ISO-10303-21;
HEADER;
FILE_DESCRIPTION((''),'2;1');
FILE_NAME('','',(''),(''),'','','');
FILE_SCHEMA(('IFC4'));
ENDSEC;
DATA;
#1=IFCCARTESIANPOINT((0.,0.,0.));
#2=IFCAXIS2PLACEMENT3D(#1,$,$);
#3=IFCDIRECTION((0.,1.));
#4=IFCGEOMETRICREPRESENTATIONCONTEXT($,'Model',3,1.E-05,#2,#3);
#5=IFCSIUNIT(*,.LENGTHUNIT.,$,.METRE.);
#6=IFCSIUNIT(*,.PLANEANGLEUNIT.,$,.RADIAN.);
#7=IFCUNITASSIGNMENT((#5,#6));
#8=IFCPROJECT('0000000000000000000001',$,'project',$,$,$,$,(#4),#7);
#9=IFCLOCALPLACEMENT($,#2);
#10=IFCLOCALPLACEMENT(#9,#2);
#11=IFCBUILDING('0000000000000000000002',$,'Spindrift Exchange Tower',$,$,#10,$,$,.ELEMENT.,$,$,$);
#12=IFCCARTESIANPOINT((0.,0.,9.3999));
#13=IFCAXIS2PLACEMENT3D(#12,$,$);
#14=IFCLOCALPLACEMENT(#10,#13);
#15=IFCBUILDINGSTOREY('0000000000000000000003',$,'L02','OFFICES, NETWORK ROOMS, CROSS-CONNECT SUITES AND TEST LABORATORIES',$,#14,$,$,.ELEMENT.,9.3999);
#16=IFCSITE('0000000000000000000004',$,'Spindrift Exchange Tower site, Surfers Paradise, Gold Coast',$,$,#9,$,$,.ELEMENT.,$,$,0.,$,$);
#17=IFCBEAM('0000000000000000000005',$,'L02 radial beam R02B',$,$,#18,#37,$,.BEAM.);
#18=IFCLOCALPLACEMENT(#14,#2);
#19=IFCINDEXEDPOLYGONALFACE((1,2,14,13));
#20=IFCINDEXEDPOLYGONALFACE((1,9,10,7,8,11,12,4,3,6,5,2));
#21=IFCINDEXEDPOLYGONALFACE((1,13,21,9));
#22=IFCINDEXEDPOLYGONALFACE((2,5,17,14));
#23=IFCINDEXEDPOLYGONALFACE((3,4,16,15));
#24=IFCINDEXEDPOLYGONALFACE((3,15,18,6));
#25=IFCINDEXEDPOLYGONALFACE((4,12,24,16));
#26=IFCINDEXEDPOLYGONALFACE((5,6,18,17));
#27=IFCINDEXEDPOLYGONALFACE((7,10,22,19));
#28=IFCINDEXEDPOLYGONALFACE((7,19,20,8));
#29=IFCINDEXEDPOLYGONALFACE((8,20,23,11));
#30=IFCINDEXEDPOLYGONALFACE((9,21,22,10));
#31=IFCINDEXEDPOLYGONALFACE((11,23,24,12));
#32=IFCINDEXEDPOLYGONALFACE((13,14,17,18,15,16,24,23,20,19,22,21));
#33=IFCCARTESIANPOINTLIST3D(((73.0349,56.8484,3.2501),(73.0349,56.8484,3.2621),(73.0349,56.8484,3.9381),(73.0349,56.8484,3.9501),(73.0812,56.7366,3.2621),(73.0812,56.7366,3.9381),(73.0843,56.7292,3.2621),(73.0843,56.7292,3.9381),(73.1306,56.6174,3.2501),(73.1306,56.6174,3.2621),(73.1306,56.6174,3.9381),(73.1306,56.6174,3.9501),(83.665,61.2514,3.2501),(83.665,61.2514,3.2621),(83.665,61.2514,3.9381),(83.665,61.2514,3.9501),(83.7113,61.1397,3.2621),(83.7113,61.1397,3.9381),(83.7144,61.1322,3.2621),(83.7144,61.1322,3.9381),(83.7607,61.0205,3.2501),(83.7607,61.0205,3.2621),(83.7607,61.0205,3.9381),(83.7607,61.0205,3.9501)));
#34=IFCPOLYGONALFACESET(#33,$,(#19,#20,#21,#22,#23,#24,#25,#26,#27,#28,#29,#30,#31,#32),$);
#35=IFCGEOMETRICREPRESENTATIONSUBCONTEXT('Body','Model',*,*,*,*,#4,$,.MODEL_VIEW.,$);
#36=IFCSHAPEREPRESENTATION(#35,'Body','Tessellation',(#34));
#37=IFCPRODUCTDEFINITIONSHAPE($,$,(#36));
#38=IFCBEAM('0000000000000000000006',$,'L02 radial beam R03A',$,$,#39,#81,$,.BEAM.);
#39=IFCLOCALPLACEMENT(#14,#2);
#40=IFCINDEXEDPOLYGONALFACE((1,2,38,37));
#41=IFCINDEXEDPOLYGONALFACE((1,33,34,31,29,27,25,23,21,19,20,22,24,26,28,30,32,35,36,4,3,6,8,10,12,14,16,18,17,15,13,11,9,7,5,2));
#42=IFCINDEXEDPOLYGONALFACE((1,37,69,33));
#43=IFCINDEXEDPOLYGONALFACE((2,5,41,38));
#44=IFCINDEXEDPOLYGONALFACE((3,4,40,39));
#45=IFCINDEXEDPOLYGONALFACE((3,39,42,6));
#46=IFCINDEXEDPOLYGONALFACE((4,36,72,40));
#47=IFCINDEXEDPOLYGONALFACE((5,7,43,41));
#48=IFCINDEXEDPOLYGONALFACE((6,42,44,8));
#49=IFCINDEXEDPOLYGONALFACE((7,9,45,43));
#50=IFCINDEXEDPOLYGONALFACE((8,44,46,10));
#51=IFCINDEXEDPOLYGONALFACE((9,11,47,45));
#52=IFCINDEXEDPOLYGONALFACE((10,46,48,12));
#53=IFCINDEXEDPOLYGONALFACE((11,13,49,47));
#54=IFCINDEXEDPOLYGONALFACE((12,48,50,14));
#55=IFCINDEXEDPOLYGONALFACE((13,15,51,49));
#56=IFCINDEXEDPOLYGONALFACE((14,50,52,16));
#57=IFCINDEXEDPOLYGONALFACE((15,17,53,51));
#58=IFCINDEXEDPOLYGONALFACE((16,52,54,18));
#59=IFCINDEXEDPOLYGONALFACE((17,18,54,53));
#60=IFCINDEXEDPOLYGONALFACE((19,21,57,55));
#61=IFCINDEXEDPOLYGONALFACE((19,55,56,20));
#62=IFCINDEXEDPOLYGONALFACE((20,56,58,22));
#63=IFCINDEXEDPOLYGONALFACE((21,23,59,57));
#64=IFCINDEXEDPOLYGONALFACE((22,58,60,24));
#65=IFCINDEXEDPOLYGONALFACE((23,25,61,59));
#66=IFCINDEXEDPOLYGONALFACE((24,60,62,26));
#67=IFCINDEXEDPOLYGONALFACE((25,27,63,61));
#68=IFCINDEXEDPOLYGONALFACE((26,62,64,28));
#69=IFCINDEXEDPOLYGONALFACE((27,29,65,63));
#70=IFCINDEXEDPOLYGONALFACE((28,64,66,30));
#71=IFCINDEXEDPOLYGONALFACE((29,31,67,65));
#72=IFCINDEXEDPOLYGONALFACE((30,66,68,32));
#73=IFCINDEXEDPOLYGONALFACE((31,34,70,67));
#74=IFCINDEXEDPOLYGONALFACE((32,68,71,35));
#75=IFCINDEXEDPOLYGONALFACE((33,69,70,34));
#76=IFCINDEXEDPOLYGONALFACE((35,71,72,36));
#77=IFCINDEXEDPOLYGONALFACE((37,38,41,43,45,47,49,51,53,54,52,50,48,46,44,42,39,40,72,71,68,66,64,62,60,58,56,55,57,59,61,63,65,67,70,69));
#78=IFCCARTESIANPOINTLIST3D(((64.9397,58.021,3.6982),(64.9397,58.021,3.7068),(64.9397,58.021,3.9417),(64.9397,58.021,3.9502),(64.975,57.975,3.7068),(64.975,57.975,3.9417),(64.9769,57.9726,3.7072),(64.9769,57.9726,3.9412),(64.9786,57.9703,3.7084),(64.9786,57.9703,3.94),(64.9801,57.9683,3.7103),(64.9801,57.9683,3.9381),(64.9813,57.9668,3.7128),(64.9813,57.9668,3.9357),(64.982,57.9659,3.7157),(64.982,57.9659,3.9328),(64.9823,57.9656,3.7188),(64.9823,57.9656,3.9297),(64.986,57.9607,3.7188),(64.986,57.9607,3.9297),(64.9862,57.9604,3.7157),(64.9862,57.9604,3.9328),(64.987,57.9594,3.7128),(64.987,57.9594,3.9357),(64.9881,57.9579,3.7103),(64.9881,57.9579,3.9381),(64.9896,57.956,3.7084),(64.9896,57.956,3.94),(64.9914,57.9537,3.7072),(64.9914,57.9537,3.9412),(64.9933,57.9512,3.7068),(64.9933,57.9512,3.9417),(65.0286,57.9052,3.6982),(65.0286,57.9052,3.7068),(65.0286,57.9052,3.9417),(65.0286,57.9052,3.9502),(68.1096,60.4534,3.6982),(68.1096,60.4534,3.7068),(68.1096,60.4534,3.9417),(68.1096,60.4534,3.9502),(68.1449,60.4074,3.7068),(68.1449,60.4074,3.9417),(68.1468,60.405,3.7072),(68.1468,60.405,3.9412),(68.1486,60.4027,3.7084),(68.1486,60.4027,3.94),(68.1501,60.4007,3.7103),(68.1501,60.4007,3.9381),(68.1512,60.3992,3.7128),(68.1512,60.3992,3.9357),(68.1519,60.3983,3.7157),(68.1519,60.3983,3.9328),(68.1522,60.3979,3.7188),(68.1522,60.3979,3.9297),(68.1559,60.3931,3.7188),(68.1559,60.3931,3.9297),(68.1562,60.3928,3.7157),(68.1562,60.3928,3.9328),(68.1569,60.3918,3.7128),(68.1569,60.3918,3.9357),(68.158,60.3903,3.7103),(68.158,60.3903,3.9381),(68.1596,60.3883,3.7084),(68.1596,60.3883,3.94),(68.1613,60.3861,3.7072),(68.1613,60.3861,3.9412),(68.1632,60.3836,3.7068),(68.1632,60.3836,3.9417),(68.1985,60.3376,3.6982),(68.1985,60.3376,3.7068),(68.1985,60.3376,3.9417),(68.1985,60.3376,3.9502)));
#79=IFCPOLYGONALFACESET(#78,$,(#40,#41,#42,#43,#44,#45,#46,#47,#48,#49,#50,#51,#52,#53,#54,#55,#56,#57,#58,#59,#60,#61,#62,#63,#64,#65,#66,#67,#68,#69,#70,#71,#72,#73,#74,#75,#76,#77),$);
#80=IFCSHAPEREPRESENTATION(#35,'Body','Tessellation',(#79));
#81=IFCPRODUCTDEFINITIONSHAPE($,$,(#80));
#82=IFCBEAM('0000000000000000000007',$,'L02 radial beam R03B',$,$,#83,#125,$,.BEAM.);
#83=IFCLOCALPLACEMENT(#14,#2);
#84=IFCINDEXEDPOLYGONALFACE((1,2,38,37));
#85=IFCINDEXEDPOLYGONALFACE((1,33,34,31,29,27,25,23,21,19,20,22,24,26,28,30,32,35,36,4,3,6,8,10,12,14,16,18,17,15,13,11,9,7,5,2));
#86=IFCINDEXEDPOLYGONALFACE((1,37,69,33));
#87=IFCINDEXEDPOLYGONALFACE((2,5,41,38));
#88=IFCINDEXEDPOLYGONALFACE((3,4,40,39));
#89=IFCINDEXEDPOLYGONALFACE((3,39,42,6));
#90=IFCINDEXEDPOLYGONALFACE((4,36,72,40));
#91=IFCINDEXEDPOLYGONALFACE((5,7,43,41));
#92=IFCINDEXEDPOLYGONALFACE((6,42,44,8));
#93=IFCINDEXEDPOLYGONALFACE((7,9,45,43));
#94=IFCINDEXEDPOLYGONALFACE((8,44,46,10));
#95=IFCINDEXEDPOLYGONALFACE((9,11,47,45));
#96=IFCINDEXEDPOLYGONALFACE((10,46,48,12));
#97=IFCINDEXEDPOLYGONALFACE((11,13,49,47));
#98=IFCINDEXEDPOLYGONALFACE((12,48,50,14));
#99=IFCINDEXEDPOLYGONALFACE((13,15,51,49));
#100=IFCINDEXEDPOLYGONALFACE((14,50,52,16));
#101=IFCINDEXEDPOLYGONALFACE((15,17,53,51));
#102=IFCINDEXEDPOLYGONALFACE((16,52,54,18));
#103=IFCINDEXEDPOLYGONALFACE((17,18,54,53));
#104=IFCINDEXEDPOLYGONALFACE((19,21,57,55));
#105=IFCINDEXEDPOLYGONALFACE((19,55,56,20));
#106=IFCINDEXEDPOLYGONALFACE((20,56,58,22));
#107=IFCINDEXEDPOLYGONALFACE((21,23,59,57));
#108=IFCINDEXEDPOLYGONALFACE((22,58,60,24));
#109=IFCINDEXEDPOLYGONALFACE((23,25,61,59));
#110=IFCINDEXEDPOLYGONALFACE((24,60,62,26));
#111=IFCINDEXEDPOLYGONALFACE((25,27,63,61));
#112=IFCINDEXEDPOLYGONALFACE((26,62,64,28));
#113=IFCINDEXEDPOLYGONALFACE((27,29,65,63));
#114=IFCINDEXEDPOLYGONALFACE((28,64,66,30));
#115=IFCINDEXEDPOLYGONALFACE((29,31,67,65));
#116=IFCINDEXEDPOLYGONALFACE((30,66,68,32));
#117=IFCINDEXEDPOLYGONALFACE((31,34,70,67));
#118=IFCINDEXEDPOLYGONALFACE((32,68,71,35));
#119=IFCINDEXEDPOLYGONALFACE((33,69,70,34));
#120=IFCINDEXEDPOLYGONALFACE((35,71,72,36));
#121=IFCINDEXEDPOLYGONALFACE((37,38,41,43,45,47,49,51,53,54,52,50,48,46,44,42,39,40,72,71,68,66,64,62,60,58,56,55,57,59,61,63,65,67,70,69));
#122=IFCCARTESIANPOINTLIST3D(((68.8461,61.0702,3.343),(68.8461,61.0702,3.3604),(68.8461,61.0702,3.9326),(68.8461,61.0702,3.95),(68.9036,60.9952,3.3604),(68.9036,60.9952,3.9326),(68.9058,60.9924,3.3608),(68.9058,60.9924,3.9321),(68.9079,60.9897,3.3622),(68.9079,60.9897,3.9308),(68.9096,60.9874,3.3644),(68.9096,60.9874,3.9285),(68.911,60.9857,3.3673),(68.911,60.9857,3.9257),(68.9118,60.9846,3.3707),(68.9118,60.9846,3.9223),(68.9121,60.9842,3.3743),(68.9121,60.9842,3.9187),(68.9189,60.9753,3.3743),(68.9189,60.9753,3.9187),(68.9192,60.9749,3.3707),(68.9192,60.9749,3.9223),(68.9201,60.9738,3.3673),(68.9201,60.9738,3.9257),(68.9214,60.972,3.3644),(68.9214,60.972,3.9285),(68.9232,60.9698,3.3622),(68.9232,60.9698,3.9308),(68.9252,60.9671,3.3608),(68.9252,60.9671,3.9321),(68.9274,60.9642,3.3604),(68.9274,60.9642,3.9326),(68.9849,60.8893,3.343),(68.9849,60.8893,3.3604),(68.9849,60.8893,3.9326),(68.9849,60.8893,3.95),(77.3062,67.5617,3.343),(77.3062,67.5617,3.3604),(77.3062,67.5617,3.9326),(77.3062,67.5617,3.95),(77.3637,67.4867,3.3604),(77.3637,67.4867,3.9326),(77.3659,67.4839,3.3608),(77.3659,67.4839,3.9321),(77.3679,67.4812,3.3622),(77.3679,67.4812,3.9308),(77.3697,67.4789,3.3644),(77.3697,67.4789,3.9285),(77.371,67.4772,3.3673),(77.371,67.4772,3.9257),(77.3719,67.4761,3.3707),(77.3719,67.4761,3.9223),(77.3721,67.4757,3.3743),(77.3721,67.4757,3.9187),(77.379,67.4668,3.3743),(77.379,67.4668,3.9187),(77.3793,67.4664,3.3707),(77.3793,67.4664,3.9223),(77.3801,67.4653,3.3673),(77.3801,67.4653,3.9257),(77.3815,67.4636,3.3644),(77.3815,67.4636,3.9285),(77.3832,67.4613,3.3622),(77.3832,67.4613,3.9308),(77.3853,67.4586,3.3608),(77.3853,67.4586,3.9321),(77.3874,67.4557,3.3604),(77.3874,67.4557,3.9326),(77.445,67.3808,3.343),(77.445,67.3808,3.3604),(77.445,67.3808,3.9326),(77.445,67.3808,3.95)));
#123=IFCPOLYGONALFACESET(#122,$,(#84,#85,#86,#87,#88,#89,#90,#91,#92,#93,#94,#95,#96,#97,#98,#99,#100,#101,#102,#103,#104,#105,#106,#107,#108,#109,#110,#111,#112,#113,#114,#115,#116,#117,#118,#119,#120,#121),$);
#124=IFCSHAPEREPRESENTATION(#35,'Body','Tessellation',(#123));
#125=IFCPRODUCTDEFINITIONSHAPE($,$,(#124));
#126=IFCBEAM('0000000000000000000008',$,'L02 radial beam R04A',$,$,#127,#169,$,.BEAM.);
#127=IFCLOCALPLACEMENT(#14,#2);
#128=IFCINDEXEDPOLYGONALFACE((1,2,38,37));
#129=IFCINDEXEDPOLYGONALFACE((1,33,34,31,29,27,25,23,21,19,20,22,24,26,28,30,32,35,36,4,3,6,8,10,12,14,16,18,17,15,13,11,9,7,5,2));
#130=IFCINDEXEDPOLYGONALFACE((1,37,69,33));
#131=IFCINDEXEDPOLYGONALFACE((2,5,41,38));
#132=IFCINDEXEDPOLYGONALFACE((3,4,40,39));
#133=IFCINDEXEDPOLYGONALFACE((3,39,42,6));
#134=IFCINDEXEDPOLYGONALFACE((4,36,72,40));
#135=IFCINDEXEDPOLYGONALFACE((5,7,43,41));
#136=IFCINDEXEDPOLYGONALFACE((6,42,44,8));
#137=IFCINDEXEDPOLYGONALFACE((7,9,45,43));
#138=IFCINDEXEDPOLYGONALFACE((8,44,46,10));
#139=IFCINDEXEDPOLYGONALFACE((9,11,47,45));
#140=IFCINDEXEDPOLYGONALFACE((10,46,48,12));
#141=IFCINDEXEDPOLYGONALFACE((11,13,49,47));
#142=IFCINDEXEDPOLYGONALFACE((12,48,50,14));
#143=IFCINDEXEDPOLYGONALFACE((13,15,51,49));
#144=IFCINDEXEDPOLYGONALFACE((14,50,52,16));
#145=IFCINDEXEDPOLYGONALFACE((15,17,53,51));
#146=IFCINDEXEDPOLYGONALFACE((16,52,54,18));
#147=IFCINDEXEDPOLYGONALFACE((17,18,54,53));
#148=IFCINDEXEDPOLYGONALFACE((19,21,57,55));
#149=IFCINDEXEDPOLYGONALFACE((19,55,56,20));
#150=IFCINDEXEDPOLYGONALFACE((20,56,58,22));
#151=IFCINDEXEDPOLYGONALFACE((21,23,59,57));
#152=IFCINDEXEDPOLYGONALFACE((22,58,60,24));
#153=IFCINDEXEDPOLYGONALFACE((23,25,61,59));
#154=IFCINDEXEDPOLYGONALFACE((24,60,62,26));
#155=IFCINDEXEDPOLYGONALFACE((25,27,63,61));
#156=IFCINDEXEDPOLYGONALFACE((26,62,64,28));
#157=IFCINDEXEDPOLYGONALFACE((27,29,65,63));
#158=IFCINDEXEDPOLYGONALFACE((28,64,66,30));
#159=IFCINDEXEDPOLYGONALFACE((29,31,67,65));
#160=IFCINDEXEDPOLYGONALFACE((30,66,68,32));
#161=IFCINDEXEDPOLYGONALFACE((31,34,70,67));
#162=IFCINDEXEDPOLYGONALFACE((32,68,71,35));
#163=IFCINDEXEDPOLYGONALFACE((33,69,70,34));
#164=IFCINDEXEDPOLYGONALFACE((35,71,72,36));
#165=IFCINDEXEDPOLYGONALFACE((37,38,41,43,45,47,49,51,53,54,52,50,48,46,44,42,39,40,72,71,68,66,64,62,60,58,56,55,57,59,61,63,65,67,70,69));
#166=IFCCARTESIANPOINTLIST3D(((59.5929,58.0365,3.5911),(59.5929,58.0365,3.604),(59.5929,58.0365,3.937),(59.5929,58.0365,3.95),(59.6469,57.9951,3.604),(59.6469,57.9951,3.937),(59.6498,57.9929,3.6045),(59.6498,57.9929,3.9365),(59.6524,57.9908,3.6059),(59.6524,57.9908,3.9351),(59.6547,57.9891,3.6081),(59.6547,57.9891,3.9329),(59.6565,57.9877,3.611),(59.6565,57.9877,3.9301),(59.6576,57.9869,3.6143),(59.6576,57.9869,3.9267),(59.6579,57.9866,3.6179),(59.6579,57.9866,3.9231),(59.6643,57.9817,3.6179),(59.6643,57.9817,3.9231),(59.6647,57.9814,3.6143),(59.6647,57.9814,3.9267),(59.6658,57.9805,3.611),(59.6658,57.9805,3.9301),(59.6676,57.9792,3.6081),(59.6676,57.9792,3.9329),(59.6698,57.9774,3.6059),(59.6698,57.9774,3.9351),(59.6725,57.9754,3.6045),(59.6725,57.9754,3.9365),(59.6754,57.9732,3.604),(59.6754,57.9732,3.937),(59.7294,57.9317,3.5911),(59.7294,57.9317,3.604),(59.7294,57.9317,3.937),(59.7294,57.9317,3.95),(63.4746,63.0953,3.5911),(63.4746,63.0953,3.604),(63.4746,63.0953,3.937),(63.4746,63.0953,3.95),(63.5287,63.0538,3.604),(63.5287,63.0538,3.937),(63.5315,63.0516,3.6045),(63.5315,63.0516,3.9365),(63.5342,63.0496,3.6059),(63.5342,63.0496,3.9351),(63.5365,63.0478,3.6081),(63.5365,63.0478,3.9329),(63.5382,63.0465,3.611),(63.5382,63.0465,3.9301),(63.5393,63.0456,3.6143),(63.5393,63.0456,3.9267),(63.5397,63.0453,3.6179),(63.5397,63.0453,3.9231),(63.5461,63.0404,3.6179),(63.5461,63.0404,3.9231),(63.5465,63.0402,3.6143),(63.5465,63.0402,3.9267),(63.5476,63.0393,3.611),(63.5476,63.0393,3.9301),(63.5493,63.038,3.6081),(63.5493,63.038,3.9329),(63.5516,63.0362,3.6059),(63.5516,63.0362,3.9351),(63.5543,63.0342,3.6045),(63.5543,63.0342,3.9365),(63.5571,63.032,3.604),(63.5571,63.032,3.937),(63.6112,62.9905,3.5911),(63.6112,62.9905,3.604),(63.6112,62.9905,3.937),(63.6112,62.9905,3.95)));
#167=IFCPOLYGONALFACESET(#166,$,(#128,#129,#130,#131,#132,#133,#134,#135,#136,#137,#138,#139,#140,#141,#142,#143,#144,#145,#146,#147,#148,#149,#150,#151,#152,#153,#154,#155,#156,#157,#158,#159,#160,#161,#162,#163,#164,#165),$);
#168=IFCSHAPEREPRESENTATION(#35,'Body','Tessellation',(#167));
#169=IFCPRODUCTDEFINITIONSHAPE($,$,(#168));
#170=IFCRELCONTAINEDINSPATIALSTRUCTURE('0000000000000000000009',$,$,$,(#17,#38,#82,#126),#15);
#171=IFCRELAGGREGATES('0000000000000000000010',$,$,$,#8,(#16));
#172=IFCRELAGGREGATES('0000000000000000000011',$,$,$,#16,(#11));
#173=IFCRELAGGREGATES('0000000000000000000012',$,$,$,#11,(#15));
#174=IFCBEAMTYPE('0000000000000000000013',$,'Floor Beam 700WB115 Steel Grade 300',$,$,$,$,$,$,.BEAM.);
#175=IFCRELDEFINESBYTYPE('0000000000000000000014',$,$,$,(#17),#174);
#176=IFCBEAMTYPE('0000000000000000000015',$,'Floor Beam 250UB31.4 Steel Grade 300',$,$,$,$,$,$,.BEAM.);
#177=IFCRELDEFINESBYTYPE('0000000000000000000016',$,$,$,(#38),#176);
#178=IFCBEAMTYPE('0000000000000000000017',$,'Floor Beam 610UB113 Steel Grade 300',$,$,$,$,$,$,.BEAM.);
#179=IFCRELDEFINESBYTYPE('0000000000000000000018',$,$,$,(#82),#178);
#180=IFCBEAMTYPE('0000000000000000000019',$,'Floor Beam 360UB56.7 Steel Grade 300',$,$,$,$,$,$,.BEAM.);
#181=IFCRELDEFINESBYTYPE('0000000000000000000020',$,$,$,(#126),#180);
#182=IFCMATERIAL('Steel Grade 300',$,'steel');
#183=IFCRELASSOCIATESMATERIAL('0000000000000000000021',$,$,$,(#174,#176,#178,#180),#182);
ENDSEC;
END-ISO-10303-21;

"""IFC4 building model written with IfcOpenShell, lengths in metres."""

from ifc_helpers import new_model, si_unit, direction, frame, origin, origin_2d, place, context, subcontext, project, spatial, i_section, extrude, source, transform, mapped, material, material_profile, profile_set, type_object, element, save


model = new_model("IFC4")

# Units and contexts
model_context = context("Model", 3, precision=1e-05, world=origin(), true_north=direction((0.0, 1.0)))
body_context = subcontext(model_context, "Body", "Model", "MODEL_VIEW")
ifc_project = project(units=[si_unit("LENGTHUNIT", "METRE"), si_unit("PLANEANGLEUNIT", "RADIAN")], contexts=[model_context])

# Site, building, storey
site_placement = place(None, origin())
site = spatial("IfcSite", under=ifc_project, at=site_placement, Name="Spindrift Exchange Tower site, Surfers Paradise, Gold Coast", CompositionType="ELEMENT", RefElevation=0.0)
building_placement = place(site_placement, origin())
building = spatial("IfcBuilding", under=site, at=building_placement, Name="Spindrift Exchange Tower", CompositionType="ELEMENT")
storey_placement = place(building_placement, frame((0.0, 0.0, 9.3999)))
storey = spatial("IfcBuildingStorey", under=building, at=storey_placement, Name="L02", Description="OFFICES, NETWORK ROOMS, CROSS-CONNECT SUITES AND TEST LABORATORIES", CompositionType="ELEMENT", Elevation=9.3999)

# Beams
ifc_material_1 = material(Name="Steel Grade 300", Category="steel")
ifc_material_profile_1 = material_profile(ifc_material_1, i_section(OverallWidth=0.25, OverallDepth=0.7, WebThickness=0.0081, FlangeThickness=0.012, at=origin_2d()), Name="700WB115")
ifc_profile_set_1 = profile_set([ifc_material_profile_1], Name="Steel Grade 300")
beam_type_1 = type_object("IfcBeamType", Name="Floor Beam 700WB115 Steel Grade 300", PredefinedType="BEAM", material=ifc_profile_set_1)
shared_shape_1 = source(origin(), body_context, "Body", "SweptSolid", [
    extrude(i_section(OverallWidth=0.25, OverallDepth=0.7, WebThickness=0.0081, FlangeThickness=0.012, at=origin_2d()), origin(), (0.0, 0.0, 1.0), 11.5059),
])
beam_1_placement = place(storey_placement, frame((73.0828, 56.7329, 3.6001), z_axis=(0.923882, 0.382678, 0.0), x_axis=(-0.382678, 0.923882, 0.0)))
element("IfcBeam", 1, at=beam_1_placement, inside=storey, type_object=beam_type_1, Name="L02 radial beam R02B", PredefinedType="BEAM", context=body_context, shape_type="MappedRepresentation", body=[
    mapped(shared_shape_1, transform((0.0, 0.0, 0.0), scale=1.0)),
])
ifc_material_profile_2 = material_profile(ifc_material_1, i_section(OverallWidth=0.146, OverallDepth=0.252, WebThickness=0.0061, FlangeThickness=0.0085, FilletRadius=0.012, at=origin_2d()), Name="250UB31.4")
ifc_profile_set_2 = profile_set([ifc_material_profile_2], Name="Steel Grade 300")
beam_type_2 = type_object("IfcBeamType", Name="Floor Beam 250UB31.4 Steel Grade 300", PredefinedType="BEAM", material=ifc_profile_set_2)
shared_shape_2 = source(origin(), body_context, "Body", "SweptSolid", [
    extrude(i_section(OverallWidth=0.146, OverallDepth=0.252, WebThickness=0.0061, FlangeThickness=0.0085, FilletRadius=0.012, at=origin_2d()), origin(), (0.0, 0.0, 1.0), 3.9956),
])
beam_2_placement = place(storey_placement, frame((64.9841, 57.9631, 3.8242), z_axis=(0.793353, 0.608762, 0.0), x_axis=(-0.608762, 0.793353, 0.0)))
element("IfcBeam", 2, at=beam_2_placement, inside=storey, type_object=beam_type_2, Name="L02 radial beam R03A", PredefinedType="BEAM", context=body_context, shape_type="MappedRepresentation", body=[
    mapped(shared_shape_2, transform((0.0, 0.0, 0.0), scale=1.0)),
])
ifc_material_profile_3 = material_profile(ifc_material_1, i_section(OverallWidth=0.228, OverallDepth=0.6069, WebThickness=0.0112, FlangeThickness=0.0173, FilletRadius=0.0139, at=origin_2d()), Name="610UB113")
ifc_profile_set_3 = profile_set([ifc_material_profile_3], Name="Steel Grade 300")
beam_type_3 = type_object("IfcBeamType", Name="Floor Beam 610UB113 Steel Grade 300", PredefinedType="BEAM", material=ifc_profile_set_3)
shared_shape_3 = source(origin(), body_context, "Body", "SweptSolid", [
    extrude(i_section(OverallWidth=0.228, OverallDepth=0.6069, WebThickness=0.0112, FlangeThickness=0.0173, FilletRadius=0.0139, at=origin_2d()), origin(), (0.0, 0.0, 1.0), 10.6636),
])
beam_3_placement = place(storey_placement, frame((68.9155, 60.9797, 3.6465), z_axis=(0.793358, 0.608755, 0.0), x_axis=(-0.608755, 0.793358, 0.0)))
element("IfcBeam", 3, at=beam_3_placement, inside=storey, type_object=beam_type_3, Name="L02 radial beam R03B", PredefinedType="BEAM", context=body_context, shape_type="MappedRepresentation", body=[
    mapped(shared_shape_3, transform((0.0, 0.0, 0.0), scale=1.0)),
])
ifc_material_profile_4 = material_profile(ifc_material_1, i_section(OverallWidth=0.1721, OverallDepth=0.3589, WebThickness=0.0081, FlangeThickness=0.0129, FilletRadius=0.0139, at=origin_2d()), Name="360UB56.7")
ifc_profile_set_4 = profile_set([ifc_material_profile_4], Name="Steel Grade 300")
beam_type_4 = type_object("IfcBeamType", Name="Floor Beam 360UB56.7 Steel Grade 300", PredefinedType="BEAM", material=ifc_profile_set_4)
shared_shape_4 = source(origin(), body_context, "Body", "SweptSolid", [
    extrude(i_section(OverallWidth=0.1721, OverallDepth=0.3589, WebThickness=0.0081, FlangeThickness=0.0129, FilletRadius=0.0139, at=origin_2d()), origin(), (0.0, 0.0, 1.0), 6.3765),
])
beam_4_placement = place(storey_placement, frame((59.6611, 57.9841, 3.7705), z_axis=(0.608767, 0.793349, 0.0), x_axis=(-0.793349, 0.608767, 0.0)))
element("IfcBeam", 4, at=beam_4_placement, inside=storey, type_object=beam_type_4, Name="L02 radial beam R04A", PredefinedType="BEAM", context=body_context, shape_type="MappedRepresentation", body=[
    mapped(shared_shape_4, transform((0.0, 0.0, 0.0), scale=1.0)),
])

save(model, "model.ifc")
